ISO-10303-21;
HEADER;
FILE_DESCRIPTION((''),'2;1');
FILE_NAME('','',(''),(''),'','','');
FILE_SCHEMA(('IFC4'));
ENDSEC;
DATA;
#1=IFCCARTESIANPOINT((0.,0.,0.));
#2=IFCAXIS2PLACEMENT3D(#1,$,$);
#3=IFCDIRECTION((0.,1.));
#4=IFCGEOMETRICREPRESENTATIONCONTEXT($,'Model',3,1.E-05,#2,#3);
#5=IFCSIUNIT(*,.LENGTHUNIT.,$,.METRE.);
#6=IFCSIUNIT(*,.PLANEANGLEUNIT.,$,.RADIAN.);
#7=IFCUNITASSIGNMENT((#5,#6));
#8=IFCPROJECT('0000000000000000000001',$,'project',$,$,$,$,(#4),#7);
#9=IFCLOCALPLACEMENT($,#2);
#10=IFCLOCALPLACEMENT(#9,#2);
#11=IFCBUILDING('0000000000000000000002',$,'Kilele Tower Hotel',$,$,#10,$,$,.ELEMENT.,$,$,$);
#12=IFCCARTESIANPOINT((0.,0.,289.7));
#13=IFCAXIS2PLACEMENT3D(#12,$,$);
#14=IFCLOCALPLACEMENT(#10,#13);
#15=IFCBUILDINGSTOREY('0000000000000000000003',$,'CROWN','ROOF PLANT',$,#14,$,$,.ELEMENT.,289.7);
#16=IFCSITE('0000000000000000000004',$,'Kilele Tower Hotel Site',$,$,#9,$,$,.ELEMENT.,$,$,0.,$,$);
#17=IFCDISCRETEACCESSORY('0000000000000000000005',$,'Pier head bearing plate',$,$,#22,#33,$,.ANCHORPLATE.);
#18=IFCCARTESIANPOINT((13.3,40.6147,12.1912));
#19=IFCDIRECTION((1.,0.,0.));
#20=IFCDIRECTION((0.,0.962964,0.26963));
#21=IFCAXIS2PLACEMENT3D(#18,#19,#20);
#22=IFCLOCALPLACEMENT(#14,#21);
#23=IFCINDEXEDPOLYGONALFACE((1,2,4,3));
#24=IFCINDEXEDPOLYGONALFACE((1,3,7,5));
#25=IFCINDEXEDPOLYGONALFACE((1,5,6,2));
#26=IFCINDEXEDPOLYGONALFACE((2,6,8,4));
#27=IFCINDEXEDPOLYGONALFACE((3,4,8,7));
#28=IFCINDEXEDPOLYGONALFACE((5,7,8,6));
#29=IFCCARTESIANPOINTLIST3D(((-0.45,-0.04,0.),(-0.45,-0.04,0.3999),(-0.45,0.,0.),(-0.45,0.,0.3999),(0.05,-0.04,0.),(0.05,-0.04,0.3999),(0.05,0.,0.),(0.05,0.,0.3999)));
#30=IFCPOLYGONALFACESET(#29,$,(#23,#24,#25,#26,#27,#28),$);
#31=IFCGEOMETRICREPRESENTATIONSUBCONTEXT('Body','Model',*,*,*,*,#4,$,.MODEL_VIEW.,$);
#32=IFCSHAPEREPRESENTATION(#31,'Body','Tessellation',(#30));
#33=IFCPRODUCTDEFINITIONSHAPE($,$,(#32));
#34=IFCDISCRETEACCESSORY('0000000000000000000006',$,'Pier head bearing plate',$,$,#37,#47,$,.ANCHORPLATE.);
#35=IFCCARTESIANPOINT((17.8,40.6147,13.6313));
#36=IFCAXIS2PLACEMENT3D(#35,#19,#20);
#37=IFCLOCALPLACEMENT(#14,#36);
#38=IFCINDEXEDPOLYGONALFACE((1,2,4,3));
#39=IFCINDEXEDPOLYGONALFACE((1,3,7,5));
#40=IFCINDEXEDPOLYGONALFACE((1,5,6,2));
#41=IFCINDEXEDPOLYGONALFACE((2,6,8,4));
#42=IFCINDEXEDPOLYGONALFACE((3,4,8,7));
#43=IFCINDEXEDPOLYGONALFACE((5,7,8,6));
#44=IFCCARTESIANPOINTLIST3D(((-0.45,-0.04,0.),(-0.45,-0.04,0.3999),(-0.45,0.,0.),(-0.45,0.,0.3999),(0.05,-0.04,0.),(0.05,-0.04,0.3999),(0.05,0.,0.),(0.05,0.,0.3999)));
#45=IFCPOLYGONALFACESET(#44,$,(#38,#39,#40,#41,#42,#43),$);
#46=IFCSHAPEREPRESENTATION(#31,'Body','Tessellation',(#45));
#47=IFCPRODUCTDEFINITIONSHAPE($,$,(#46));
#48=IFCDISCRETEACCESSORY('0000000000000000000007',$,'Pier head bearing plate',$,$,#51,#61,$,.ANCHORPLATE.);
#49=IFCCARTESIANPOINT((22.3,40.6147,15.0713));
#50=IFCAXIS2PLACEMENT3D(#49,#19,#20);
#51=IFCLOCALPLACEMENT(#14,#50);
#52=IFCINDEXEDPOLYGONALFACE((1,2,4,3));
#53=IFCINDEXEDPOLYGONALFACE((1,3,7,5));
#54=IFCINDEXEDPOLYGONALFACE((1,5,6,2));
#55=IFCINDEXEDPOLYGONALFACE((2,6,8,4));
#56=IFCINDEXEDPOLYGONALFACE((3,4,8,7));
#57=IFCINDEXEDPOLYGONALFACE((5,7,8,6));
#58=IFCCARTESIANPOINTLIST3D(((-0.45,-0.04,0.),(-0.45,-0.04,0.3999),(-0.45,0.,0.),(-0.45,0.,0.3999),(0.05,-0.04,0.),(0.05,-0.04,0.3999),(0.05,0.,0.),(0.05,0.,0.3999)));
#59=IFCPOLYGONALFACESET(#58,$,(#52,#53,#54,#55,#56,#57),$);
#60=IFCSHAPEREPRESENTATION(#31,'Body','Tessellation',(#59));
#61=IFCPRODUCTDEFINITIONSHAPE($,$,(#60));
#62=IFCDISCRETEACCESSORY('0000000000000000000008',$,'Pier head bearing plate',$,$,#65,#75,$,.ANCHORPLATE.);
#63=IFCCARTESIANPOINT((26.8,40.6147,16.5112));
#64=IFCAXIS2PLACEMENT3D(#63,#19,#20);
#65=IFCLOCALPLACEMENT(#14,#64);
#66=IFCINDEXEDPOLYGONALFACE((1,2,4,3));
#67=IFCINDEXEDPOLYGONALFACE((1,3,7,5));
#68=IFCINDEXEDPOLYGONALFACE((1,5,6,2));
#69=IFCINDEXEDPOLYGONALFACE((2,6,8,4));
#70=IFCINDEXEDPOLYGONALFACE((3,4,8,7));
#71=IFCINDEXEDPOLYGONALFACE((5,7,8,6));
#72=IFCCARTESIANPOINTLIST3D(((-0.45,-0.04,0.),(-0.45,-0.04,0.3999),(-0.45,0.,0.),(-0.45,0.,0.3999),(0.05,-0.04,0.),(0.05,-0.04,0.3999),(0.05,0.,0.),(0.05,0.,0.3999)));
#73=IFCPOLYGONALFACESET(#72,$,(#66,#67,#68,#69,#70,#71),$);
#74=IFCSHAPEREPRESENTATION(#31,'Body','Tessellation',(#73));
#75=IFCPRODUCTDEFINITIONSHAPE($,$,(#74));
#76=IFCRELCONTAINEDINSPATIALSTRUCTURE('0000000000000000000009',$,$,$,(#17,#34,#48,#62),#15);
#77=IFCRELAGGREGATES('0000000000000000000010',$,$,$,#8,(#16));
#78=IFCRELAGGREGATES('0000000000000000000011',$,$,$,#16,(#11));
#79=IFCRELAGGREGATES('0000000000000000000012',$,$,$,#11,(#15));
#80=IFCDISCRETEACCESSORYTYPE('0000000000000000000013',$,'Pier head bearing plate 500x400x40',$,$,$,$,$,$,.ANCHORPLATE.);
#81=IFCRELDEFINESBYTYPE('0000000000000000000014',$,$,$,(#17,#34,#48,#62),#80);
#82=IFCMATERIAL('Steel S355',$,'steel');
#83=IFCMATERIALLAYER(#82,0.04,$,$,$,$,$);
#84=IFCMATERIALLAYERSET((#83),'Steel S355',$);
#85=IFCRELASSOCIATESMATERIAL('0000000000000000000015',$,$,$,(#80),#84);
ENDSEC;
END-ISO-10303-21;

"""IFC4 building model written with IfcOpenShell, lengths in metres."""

from ifc_helpers import new_model, si_unit, direction, frame, origin, place, context, subcontext, project, spatial, polyline, outline, extrude, source, transform, mapped, material, layer, layer_set, type_object, element, save


model = new_model("IFC4")

# Units and contexts
model_context = context("Model", 3, precision=1e-05, world=origin(), true_north=direction((0.0, 1.0)))
body_context = subcontext(model_context, "Body", "Model", "MODEL_VIEW")
ifc_project = project(units=[si_unit("LENGTHUNIT", "METRE"), si_unit("PLANEANGLEUNIT", "RADIAN")], contexts=[model_context])

# Site, building, storey
site_placement = place(None, origin())
site = spatial("IfcSite", under=ifc_project, at=site_placement, Name="Kilele Tower Hotel Site", CompositionType="ELEMENT", RefElevation=0.0)
building_placement = place(site_placement, origin())
building = spatial("IfcBuilding", under=site, at=building_placement, Name="Kilele Tower Hotel", CompositionType="ELEMENT")
storey_placement = place(building_placement, frame((0.0, 0.0, 289.7)))
storey = spatial("IfcBuildingStorey", under=building, at=storey_placement, Name="CROWN", Description="ROOF PLANT", CompositionType="ELEMENT", Elevation=289.7)

# Discrete accessories
ifc_material_1 = material(Name="Steel S355", Category="steel")
ifc_layer = layer(ifc_material_1, 0.04)
ifc_layer_set = layer_set([ifc_layer], Name="Steel S355")
discrete_accessory_type = type_object("IfcDiscreteAccessoryType", Name="Pier head bearing plate 500x400x40", PredefinedType="ANCHORPLATE", material=ifc_layer_set)
shared_shape = source(origin(), body_context, "Body", "SweptSolid", [
    extrude(outline(polyline([(-0.45, -0.04), (0.05, -0.04), (0.05, 0.0), (-0.45, 0.0), (-0.45, -0.04)])), origin(), (0.0, 0.0, 1.0), 0.3999),
])
for number, where, z_axis, x_axis, name in (
    (1, (13.3, 40.6147, 12.1912), (1.0, 0.0, 0.0), (0.0, 0.962964, 0.26963), "Pier head bearing plate"),
    (2, (17.8, 40.6147, 13.6313), (1.0, 0.0, 0.0), (0.0, 0.962964, 0.26963), "Pier head bearing plate"),
    (3, (22.3, 40.6147, 15.0713), (1.0, 0.0, 0.0), (0.0, 0.962964, 0.26963), "Pier head bearing plate"),
    (4, (26.8, 40.6147, 16.5112), (1.0, 0.0, 0.0), (0.0, 0.962964, 0.26963), "Pier head bearing plate"),
):
    element("IfcDiscreteAccessory", number, at=place(storey_placement, frame(where, z_axis=z_axis, x_axis=x_axis)), inside=storey, type_object=discrete_accessory_type, Name=name, PredefinedType="ANCHORPLATE", context=body_context, shape_type="MappedRepresentation", body=[
        mapped(shared_shape, transform((0.0, 0.0, 0.0))),
    ])

save(model, "model.ifc")
